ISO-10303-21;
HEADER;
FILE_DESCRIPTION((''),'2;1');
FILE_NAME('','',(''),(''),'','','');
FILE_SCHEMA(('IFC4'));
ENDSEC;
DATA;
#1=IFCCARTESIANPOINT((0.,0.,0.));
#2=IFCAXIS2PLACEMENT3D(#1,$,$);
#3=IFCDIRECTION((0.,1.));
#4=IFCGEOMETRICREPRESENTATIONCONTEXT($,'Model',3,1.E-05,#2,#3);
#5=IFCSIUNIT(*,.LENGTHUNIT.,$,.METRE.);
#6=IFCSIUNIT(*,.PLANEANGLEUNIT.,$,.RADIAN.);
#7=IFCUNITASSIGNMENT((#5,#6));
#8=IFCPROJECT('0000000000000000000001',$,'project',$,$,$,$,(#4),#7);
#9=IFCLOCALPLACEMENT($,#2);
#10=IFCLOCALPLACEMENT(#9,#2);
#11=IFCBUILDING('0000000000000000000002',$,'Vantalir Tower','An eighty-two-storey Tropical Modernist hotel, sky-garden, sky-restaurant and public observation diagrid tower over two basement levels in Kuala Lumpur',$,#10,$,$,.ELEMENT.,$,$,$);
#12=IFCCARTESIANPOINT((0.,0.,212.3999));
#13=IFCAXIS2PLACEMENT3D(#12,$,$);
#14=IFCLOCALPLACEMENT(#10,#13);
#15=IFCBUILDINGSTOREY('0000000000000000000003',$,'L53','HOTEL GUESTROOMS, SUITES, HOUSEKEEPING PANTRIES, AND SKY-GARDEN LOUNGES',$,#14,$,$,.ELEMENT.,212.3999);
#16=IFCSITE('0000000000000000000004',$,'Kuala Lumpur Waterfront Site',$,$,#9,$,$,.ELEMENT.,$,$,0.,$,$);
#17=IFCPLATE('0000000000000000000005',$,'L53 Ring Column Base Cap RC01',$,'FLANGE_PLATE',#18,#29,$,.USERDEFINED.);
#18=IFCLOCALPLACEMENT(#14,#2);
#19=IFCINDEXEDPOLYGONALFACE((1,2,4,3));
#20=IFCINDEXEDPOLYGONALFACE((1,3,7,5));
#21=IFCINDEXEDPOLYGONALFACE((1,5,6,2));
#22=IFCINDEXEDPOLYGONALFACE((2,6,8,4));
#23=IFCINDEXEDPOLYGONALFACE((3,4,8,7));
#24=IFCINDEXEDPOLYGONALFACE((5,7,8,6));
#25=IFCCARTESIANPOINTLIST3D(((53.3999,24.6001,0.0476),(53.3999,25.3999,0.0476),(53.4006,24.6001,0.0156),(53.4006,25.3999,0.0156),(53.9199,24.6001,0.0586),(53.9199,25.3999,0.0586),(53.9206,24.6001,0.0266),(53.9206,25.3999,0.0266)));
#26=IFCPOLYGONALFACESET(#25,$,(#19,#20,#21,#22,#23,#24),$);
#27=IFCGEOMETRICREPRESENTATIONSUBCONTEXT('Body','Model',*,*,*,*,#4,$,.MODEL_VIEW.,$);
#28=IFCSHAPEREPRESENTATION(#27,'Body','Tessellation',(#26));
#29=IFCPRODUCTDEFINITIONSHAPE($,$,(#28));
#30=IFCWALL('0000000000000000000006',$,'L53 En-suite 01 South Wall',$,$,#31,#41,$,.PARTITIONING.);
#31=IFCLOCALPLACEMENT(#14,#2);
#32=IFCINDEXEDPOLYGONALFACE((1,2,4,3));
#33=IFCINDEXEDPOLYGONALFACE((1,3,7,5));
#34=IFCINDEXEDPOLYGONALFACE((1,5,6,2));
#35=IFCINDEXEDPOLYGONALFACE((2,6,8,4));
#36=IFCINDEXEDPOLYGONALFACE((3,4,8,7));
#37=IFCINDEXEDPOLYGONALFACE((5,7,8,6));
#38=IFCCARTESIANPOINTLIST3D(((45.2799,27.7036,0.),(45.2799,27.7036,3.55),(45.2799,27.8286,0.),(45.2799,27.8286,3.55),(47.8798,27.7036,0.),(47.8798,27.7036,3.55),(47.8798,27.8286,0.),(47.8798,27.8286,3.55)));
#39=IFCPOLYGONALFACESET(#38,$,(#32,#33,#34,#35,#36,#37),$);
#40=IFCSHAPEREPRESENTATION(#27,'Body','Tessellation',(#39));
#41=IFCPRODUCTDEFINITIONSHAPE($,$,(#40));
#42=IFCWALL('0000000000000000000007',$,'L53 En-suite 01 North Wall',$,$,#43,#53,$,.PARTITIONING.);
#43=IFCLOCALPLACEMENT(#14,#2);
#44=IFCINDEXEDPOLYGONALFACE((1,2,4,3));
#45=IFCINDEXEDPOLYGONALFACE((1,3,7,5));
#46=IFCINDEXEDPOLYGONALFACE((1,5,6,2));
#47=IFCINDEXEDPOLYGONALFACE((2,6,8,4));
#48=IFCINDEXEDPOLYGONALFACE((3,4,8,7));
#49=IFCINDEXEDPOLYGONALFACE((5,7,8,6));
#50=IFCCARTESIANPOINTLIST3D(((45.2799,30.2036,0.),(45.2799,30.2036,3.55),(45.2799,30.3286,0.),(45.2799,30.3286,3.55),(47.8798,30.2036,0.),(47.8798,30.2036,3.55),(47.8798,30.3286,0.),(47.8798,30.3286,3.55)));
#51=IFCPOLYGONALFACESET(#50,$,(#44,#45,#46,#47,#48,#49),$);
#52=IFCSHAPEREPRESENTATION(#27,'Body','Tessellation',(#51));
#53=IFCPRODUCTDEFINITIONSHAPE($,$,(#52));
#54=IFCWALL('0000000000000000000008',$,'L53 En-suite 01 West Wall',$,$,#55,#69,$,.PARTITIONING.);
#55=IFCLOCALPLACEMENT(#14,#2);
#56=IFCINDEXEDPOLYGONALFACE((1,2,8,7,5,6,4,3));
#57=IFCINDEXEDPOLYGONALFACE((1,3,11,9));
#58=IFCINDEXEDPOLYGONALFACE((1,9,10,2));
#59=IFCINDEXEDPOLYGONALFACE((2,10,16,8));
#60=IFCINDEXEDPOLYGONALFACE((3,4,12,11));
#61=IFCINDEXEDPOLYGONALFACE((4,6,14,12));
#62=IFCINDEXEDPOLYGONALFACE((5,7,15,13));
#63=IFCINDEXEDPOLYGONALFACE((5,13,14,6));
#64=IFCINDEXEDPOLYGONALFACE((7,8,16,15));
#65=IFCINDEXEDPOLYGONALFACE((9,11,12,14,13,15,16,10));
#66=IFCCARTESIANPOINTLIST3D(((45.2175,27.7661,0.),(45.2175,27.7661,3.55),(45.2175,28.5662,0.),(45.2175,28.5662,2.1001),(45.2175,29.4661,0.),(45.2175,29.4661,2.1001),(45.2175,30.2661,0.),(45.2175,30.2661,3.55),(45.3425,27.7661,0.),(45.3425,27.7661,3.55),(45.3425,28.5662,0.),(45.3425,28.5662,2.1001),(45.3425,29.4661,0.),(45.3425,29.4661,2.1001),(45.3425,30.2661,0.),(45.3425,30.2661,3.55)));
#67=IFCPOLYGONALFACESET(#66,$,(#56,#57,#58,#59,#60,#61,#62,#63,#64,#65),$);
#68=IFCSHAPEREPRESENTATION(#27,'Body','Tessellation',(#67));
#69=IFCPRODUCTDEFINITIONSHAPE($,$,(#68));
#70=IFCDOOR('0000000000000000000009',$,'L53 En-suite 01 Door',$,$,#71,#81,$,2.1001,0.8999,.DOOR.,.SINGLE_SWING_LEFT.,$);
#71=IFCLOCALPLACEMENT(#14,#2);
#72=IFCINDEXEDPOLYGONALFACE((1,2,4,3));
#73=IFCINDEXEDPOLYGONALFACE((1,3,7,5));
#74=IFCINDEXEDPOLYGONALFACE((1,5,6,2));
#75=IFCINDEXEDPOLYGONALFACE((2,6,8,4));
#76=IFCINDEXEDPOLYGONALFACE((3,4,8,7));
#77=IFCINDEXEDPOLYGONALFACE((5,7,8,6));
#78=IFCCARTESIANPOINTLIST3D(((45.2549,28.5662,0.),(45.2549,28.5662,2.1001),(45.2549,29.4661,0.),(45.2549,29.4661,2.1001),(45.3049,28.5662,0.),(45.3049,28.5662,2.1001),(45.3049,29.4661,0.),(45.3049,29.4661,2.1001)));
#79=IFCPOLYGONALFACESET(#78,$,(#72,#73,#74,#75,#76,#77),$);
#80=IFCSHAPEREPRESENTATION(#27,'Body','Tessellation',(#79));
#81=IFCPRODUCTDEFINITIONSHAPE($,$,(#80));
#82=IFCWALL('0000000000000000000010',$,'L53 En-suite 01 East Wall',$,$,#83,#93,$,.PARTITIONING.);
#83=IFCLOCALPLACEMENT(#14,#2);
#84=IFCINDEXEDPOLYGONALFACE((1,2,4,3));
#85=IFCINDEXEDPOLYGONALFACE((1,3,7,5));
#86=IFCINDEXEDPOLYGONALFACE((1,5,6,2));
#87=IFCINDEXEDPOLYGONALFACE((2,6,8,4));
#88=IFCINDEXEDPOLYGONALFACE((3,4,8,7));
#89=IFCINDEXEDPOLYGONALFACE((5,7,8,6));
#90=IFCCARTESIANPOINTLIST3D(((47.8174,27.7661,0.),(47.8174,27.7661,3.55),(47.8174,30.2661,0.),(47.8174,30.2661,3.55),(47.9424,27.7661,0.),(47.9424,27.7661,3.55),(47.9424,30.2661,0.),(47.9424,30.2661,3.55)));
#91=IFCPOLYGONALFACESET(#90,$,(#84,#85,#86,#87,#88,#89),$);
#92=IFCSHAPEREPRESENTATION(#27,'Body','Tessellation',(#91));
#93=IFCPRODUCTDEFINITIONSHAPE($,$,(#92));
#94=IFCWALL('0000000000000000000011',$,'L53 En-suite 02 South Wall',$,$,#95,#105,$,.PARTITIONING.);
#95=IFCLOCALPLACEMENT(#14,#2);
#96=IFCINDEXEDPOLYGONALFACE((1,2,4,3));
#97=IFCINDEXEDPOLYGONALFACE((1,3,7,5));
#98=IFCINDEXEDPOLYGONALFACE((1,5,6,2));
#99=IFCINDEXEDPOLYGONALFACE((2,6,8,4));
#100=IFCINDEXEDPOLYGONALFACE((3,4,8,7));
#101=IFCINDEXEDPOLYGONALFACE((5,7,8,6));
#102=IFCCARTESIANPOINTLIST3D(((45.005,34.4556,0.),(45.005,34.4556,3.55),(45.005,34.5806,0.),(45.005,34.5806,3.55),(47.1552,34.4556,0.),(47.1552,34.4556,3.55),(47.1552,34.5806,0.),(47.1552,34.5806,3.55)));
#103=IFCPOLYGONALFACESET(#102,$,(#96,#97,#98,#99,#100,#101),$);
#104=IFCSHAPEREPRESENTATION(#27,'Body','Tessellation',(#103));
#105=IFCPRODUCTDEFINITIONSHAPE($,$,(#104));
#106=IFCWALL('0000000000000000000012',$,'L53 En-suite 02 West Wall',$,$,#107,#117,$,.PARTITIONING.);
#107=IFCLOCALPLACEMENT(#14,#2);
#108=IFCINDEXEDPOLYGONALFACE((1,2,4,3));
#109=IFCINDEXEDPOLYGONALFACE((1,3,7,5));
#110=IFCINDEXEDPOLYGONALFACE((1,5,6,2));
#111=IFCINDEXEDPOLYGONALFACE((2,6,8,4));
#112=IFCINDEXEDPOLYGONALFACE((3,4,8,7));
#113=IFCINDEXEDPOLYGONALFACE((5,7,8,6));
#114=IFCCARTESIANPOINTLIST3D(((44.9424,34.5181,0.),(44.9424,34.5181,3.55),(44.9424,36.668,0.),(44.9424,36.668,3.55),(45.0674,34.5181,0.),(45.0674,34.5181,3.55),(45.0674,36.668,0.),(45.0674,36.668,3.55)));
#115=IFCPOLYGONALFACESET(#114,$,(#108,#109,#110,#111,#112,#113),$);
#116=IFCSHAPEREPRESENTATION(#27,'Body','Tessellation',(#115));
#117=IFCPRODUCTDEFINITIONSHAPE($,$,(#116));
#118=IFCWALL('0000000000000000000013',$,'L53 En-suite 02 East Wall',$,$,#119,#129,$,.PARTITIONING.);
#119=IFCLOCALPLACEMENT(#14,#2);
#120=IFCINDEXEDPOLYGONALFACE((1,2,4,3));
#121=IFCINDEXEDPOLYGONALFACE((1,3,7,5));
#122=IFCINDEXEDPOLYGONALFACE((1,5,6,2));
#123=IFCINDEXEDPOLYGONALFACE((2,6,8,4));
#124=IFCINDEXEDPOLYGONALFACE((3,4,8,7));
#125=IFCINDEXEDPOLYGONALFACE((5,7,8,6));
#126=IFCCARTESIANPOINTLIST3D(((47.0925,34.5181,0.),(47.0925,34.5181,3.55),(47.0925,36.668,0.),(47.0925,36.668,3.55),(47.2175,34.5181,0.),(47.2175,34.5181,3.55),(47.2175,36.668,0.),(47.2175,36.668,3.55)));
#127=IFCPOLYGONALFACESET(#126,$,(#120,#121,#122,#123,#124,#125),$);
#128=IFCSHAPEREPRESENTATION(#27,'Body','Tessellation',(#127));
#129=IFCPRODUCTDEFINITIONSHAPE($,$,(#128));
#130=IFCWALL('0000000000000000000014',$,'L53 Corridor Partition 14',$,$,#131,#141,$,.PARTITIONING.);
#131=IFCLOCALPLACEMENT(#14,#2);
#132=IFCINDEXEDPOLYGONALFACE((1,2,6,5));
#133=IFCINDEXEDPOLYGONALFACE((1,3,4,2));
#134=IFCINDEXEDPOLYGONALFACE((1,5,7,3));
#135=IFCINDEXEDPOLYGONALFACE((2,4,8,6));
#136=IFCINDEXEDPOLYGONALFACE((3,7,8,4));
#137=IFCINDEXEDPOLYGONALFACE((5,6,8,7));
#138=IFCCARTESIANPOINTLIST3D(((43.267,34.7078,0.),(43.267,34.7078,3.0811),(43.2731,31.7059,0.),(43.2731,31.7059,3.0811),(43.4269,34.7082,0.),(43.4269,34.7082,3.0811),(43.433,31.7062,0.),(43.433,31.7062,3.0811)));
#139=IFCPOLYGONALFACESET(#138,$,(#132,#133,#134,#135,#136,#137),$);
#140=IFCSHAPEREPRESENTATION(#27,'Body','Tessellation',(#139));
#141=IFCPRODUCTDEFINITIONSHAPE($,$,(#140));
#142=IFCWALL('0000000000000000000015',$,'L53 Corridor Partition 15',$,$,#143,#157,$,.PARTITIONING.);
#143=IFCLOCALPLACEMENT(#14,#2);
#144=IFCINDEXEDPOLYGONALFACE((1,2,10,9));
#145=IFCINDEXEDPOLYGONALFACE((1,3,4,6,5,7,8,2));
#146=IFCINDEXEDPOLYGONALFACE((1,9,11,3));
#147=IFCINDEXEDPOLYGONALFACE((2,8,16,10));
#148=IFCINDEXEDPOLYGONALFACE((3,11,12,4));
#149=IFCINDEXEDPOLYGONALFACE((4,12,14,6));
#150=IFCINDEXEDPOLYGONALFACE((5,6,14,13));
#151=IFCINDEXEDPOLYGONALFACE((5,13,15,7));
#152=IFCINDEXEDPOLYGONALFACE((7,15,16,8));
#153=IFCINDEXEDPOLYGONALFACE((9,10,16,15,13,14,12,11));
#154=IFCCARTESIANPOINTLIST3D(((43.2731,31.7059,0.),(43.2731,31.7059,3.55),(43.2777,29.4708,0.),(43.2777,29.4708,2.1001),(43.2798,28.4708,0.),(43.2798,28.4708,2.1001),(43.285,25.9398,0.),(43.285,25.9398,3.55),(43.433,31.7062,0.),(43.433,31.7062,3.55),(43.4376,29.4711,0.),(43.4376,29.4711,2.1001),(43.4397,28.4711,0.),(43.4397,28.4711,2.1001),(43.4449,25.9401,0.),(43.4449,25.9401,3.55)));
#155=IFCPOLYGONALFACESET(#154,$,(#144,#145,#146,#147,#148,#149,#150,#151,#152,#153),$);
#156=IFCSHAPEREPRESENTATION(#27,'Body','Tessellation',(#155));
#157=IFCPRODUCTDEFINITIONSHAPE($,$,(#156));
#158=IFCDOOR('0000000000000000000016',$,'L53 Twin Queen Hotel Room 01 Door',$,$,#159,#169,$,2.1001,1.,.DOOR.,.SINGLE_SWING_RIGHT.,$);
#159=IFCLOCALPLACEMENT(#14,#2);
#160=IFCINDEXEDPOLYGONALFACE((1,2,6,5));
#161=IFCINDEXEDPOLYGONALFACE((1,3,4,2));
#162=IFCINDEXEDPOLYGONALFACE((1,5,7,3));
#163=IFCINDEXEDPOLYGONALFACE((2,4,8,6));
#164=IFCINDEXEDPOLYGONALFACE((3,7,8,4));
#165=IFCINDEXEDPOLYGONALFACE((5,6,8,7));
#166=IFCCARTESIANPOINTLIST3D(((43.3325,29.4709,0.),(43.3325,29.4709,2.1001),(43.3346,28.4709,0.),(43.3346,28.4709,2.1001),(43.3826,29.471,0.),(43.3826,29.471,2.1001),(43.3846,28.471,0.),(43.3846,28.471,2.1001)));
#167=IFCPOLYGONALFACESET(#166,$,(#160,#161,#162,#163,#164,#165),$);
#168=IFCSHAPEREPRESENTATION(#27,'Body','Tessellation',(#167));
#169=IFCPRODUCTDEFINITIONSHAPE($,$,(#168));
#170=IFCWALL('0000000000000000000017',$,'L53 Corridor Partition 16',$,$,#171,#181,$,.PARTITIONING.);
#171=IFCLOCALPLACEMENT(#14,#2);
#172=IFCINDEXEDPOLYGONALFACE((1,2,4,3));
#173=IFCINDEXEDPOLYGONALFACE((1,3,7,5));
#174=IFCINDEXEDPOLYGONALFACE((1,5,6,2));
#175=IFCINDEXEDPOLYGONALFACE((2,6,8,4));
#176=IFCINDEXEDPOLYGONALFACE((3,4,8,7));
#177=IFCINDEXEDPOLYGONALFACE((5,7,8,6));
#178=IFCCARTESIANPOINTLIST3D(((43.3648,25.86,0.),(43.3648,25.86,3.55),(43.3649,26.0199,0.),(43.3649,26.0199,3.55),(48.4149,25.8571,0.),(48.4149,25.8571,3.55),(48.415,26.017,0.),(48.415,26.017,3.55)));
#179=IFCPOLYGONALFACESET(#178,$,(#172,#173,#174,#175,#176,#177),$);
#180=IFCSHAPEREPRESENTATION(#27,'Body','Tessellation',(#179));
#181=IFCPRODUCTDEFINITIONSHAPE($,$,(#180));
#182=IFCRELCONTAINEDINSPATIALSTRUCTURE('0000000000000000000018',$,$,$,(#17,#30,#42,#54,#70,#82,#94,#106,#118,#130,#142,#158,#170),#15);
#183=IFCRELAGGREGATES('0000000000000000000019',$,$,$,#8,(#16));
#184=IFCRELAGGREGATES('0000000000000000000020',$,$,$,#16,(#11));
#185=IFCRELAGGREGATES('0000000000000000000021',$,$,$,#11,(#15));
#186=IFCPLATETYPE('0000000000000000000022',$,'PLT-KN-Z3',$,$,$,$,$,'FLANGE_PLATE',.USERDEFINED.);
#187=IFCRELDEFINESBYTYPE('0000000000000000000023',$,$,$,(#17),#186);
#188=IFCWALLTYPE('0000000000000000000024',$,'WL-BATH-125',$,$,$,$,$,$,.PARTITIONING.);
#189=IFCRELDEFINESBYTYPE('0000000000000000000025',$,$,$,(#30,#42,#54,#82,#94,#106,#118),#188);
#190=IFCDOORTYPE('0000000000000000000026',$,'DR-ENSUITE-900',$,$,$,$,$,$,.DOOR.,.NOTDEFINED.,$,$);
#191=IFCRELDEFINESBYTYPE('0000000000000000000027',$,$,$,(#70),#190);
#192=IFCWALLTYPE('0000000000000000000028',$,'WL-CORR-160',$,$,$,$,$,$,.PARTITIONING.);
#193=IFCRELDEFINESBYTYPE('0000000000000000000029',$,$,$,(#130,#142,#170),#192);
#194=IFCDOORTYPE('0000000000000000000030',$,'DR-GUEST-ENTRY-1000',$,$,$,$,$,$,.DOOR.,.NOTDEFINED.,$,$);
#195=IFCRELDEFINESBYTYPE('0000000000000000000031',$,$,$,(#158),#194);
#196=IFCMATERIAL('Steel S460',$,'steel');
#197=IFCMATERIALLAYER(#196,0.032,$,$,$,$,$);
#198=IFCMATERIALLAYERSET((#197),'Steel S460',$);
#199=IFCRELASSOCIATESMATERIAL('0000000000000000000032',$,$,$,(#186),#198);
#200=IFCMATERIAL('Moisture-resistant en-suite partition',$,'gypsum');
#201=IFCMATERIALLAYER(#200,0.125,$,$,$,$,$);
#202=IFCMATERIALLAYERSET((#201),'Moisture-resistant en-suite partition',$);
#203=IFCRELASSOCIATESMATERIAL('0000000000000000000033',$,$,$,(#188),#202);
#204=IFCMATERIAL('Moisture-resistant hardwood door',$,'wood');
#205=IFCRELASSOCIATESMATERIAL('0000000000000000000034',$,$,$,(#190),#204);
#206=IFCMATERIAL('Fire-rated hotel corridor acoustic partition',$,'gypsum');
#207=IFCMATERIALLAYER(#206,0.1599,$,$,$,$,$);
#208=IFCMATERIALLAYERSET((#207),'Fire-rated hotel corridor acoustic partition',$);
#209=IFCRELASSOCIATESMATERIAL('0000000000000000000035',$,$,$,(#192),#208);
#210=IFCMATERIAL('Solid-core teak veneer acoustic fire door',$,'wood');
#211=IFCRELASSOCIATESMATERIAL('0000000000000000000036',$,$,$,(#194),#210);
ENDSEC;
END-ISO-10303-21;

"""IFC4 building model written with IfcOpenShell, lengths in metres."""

from ifc_helpers import new_model, si_unit, direction, frame, frame_2d, origin, place, context, subcontext, project, spatial, polyline, rectangle, outline, extrude, material, layer, layer_set, type_object, element, fill, save


model = new_model("IFC4")

# Units and contexts
model_context = context("Model", 3, precision=1e-05, world=origin(), true_north=direction((0.0, 1.0)))
body_context = subcontext(model_context, "Body", "Model", "MODEL_VIEW")
ifc_project = project(units=[si_unit("LENGTHUNIT", "METRE"), si_unit("PLANEANGLEUNIT", "RADIAN")], contexts=[model_context])

# Site, building, storey
site_placement = place(None, origin())
site = spatial("IfcSite", under=ifc_project, at=site_placement, Name="Kuala Lumpur Waterfront Site", CompositionType="ELEMENT", RefElevation=0.0)
building_placement = place(site_placement, origin())
building = spatial("IfcBuilding", under=site, at=building_placement, Name="Vantalir Tower", Description="An eighty-two-storey Tropical Modernist hotel, sky-garden, sky-restaurant and public observation diagrid tower over two basement levels in Kuala Lumpur", CompositionType="ELEMENT")
storey_placement = place(building_placement, frame((0.0, 0.0, 212.3999)))
storey = spatial("IfcBuildingStorey", under=building, at=storey_placement, Name="L53", Description="HOTEL GUESTROOMS, SUITES, HOUSEKEEPING PANTRIES, AND SKY-GARDEN LOUNGES", CompositionType="ELEMENT", Elevation=212.3999)

# Shared definitions
ifc_material_1 = material(Name="Steel S460", Category="steel")

# Plate
ifc_layer_1 = layer(ifc_material_1, 0.032)
ifc_layer_set_1 = layer_set([ifc_layer_1], Name="Steel S460")
plate_type_1 = type_object("IfcPlateType", Name="PLT-KN-Z3", ElementType="FLANGE_PLATE", PredefinedType="USERDEFINED", material=ifc_layer_set_1)
plate_1_placement = place(storey_placement, frame((53.3999, 25.3999, 0.0476), z_axis=(-0.021122, 0.0, 0.999777), x_axis=(0.0, -1.0, 0.0)))
element("IfcPlate", 1, at=plate_1_placement, inside=storey, type_object=plate_type_1, Name="L53 Ring Column Base Cap RC01", ObjectType="FLANGE_PLATE", PredefinedType="USERDEFINED", context=body_context, shape_type="SweptSolid", body=[
    extrude(outline(polyline([(0.0, 0.0), (0.7998, 0.0), (0.7998, 0.5201), (0.0, 0.5201), (0.0, 0.0)])), origin(), (0.0, 0.0, -1.0), 0.032),
])

# Walls
ifc_material_2 = material(Name="Moisture-resistant en-suite partition", Category="gypsum")
ifc_layer_2 = layer(ifc_material_2, 0.125)
ifc_layer_set_2 = layer_set([ifc_layer_2], Name="Moisture-resistant en-suite partition")
wall_type_1 = type_object("IfcWallType", Name="WL-BATH-125", PredefinedType="PARTITIONING", material=ifc_layer_set_2)
for number, where, z_axis, x_axis, name in (
    (2, (45.28, 27.7661, 0.0), (0.0, 0.0, 1.0), (1.0, 0.0, 0.0), "L53 En-suite 01 South Wall"),
    (3, (45.28, 30.2661, 0.0), (0.0, 0.0, 1.0), (1.0, 0.0, 0.0), "L53 En-suite 01 North Wall"),
):
    element("IfcWall", number, at=place(storey_placement, frame(where, z_axis=z_axis, x_axis=x_axis)), inside=storey, type_object=wall_type_1, Name=name, PredefinedType="PARTITIONING", context=body_context, shape_type="SweptSolid", body=[
        extrude(rectangle(XDim=2.5999, YDim=0.125, at=frame_2d((1.2998, 0.0))), origin(), (0.0, 0.0, 1.0), 3.55),
    ])

# Wall, opening, door
wall_1_placement = place(storey_placement, frame((45.28, 27.7661, 0.0), z_axis=(0.0, 0.0, 1.0), x_axis=(0.0, 1.0, 0.0)))
wall_1 = element("IfcWall", 4, at=wall_1_placement, inside=storey, type_object=wall_type_1, Name="L53 En-suite 01 West Wall", PredefinedType="PARTITIONING", context=body_context, shape_type="SweptSolid", body=[
    extrude(rectangle(XDim=2.5, YDim=0.125, at=frame_2d((1.25, 0.0))), origin(), (0.0, 0.0, 1.0), 3.55),
])
opening_1_placement = place(wall_1_placement, frame((0.8, 0.0, 0.0)))
opening_1 = element("IfcOpeningElement", 5, at=opening_1_placement, cuts=wall_1, PredefinedType="OPENING", context=body_context, shape_type="SweptSolid", body=[
    extrude(rectangle(XDim=0.8999, YDim=2.1001, at=frame_2d((0.45, 1.05))), frame((0.0, 0.0725, 0.0), z_axis=(0.0, -1.0, 0.0), x_axis=(1.0, 0.0, 0.0)), (0.0, 0.0, 1.0), 0.145),
])
ifc_material_3 = material(Name="Moisture-resistant hardwood door", Category="wood")
door_type_1 = type_object("IfcDoorType", Name="DR-ENSUITE-900", OperationType="NOTDEFINED", PredefinedType="DOOR", material=ifc_material_3)
door_1_placement = place(opening_1_placement, frame((0.8999, 0.0, 0.0), z_axis=(0.0, 0.0, 1.0), x_axis=(-1.0, 0.0, 0.0)))
door_1 = element("IfcDoor", 6, at=door_1_placement, inside=storey, type_object=door_type_1, Name="L53 En-suite 01 Door", OperationType="SINGLE_SWING_LEFT", OverallHeight=2.1001, OverallWidth=0.8999, PredefinedType="DOOR", context=body_context, shape_type="SweptSolid", body=[
    extrude(rectangle(XDim=0.8999, YDim=2.1001, at=frame_2d((0.45, 1.05))), frame((0.0, 0.0249, 0.0), z_axis=(0.0, -1.0, 0.0), x_axis=(1.0, 0.0, 0.0)), (0.0, 0.0, 1.0), 0.05),
])
fill(opening_1, door_1)

# Walls
wall_2_placement = place(storey_placement, frame((47.8799, 27.7661, 0.0), z_axis=(0.0, 0.0, 1.0), x_axis=(0.0, 1.0, 0.0)))
element("IfcWall", 7, at=wall_2_placement, inside=storey, type_object=wall_type_1, Name="L53 En-suite 01 East Wall", PredefinedType="PARTITIONING", context=body_context, shape_type="SweptSolid", body=[
    extrude(rectangle(XDim=2.5, YDim=0.125, at=frame_2d((1.25, 0.0))), origin(), (0.0, 0.0, 1.0), 3.55),
])
wall_3_placement = place(storey_placement, frame((45.0049, 34.5181, 0.0), z_axis=(0.0, 0.0, 1.0), x_axis=(1.0, 0.0, 0.0)))
element("IfcWall", 8, at=wall_3_placement, inside=storey, type_object=wall_type_1, Name="L53 En-suite 02 South Wall", PredefinedType="PARTITIONING", context=body_context, shape_type="SweptSolid", body=[
    extrude(rectangle(XDim=2.1501, YDim=0.125, at=frame_2d((1.0752, 0.0))), origin(), (0.0, 0.0, 1.0), 3.55),
])
for number, where, z_axis, x_axis, name in (
    (9, (45.0049, 34.5181, 0.0), (0.0, 0.0, 1.0), (0.0, 1.0, 0.0), "L53 En-suite 02 West Wall"),
    (10, (47.155, 34.5181, 0.0), (0.0, 0.0, 1.0), (0.0, 1.0, 0.0), "L53 En-suite 02 East Wall"),
):
    element("IfcWall", number, at=place(storey_placement, frame(where, z_axis=z_axis, x_axis=x_axis)), inside=storey, type_object=wall_type_1, Name=name, PredefinedType="PARTITIONING", context=body_context, shape_type="SweptSolid", body=[
        extrude(rectangle(XDim=2.1499, YDim=0.125, at=frame_2d((1.075, 0.0))), origin(), (0.0, 0.0, 1.0), 3.55),
    ])
ifc_material_4 = material(Name="Fire-rated hotel corridor acoustic partition", Category="gypsum")
ifc_layer_3 = layer(ifc_material_4, 0.1599)
ifc_layer_set_3 = layer_set([ifc_layer_3], Name="Fire-rated hotel corridor acoustic partition")
wall_type_2 = type_object("IfcWallType", Name="WL-CORR-160", PredefinedType="PARTITIONING", material=ifc_layer_set_3)
wall_4_placement = place(storey_placement, frame((43.3469, 34.708, 0.0), z_axis=(0.0, 0.0, 1.0), x_axis=(0.002033, -0.999998, 0.0)))
element("IfcWall", 11, at=wall_4_placement, inside=storey, type_object=wall_type_2, Name="L53 Corridor Partition 14", PredefinedType="PARTITIONING", context=body_context, shape_type="SweptSolid", body=[
    extrude(rectangle(XDim=3.002, YDim=0.1599, at=frame_2d((1.501, 0.0))), origin(), (0.0, 0.0, 1.0), 3.0811),
])

# Wall, opening, door
wall_5_placement = place(storey_placement, frame((43.353, 31.7061, 0.0), z_axis=(0.0, 0.0, 1.0), x_axis=(0.002075, -0.999998, 0.0)))
wall_5 = element("IfcWall", 12, at=wall_5_placement, inside=storey, type_object=wall_type_2, Name="L53 Corridor Partition 15", PredefinedType="PARTITIONING", context=body_context, shape_type="SweptSolid", body=[
    extrude(rectangle(XDim=5.7661, YDim=0.1599, at=frame_2d((2.8831, 0.0))), origin(), (0.0, 0.0, 1.0), 3.55),
])
opening_2_placement = place(wall_5_placement, frame((2.2351, 0.0, 0.0)))
opening_2 = element("IfcOpeningElement", 13, at=opening_2_placement, cuts=wall_5, PredefinedType="OPENING", context=body_context, shape_type="SweptSolid", body=[
    extrude(rectangle(XDim=1.0, YDim=2.1001, at=frame_2d((0.5, 1.05))), frame((0.0, 0.0898, 0.0), z_axis=(0.0, -1.0, 0.0), x_axis=(1.0, 0.0, 0.0)), (0.0, 0.0, 1.0), 0.1799),
])
ifc_material_5 = material(Name="Solid-core teak veneer acoustic fire door", Category="wood")
door_type_2 = type_object("IfcDoorType", Name="DR-GUEST-ENTRY-1000", OperationType="NOTDEFINED", PredefinedType="DOOR", material=ifc_material_5)
door_2_placement = place(opening_2_placement, origin())
door_2 = element("IfcDoor", 14, at=door_2_placement, inside=storey, type_object=door_type_2, Name="L53 Twin Queen Hotel Room 01 Door", OperationType="SINGLE_SWING_RIGHT", OverallHeight=2.1001, OverallWidth=1.0, PredefinedType="DOOR", context=body_context, shape_type="SweptSolid", body=[
    extrude(rectangle(XDim=1.0, YDim=2.1001, at=frame_2d((0.5, 1.05))), frame((0.0, 0.0249, 0.0), z_axis=(0.0, -1.0, 0.0), x_axis=(1.0, 0.0, 0.0)), (0.0, 0.0, 1.0), 0.05),
])
fill(opening_2, door_2)

# Wall
wall_6_placement = place(storey_placement, frame((43.365, 25.9399, 0.0), z_axis=(0.0, 0.0, 1.0), x_axis=(1.0, -0.00058, 0.0)))
element("IfcWall", 15, at=wall_6_placement, inside=storey, type_object=wall_type_2, Name="L53 Corridor Partition 16", PredefinedType="PARTITIONING", context=body_context, shape_type="SweptSolid", body=[
    extrude(rectangle(XDim=5.05, YDim=0.1599, at=frame_2d((2.5249, 0.0))), origin(), (0.0, 0.0, 1.0), 3.55),
])

save(model, "model.ifc")
